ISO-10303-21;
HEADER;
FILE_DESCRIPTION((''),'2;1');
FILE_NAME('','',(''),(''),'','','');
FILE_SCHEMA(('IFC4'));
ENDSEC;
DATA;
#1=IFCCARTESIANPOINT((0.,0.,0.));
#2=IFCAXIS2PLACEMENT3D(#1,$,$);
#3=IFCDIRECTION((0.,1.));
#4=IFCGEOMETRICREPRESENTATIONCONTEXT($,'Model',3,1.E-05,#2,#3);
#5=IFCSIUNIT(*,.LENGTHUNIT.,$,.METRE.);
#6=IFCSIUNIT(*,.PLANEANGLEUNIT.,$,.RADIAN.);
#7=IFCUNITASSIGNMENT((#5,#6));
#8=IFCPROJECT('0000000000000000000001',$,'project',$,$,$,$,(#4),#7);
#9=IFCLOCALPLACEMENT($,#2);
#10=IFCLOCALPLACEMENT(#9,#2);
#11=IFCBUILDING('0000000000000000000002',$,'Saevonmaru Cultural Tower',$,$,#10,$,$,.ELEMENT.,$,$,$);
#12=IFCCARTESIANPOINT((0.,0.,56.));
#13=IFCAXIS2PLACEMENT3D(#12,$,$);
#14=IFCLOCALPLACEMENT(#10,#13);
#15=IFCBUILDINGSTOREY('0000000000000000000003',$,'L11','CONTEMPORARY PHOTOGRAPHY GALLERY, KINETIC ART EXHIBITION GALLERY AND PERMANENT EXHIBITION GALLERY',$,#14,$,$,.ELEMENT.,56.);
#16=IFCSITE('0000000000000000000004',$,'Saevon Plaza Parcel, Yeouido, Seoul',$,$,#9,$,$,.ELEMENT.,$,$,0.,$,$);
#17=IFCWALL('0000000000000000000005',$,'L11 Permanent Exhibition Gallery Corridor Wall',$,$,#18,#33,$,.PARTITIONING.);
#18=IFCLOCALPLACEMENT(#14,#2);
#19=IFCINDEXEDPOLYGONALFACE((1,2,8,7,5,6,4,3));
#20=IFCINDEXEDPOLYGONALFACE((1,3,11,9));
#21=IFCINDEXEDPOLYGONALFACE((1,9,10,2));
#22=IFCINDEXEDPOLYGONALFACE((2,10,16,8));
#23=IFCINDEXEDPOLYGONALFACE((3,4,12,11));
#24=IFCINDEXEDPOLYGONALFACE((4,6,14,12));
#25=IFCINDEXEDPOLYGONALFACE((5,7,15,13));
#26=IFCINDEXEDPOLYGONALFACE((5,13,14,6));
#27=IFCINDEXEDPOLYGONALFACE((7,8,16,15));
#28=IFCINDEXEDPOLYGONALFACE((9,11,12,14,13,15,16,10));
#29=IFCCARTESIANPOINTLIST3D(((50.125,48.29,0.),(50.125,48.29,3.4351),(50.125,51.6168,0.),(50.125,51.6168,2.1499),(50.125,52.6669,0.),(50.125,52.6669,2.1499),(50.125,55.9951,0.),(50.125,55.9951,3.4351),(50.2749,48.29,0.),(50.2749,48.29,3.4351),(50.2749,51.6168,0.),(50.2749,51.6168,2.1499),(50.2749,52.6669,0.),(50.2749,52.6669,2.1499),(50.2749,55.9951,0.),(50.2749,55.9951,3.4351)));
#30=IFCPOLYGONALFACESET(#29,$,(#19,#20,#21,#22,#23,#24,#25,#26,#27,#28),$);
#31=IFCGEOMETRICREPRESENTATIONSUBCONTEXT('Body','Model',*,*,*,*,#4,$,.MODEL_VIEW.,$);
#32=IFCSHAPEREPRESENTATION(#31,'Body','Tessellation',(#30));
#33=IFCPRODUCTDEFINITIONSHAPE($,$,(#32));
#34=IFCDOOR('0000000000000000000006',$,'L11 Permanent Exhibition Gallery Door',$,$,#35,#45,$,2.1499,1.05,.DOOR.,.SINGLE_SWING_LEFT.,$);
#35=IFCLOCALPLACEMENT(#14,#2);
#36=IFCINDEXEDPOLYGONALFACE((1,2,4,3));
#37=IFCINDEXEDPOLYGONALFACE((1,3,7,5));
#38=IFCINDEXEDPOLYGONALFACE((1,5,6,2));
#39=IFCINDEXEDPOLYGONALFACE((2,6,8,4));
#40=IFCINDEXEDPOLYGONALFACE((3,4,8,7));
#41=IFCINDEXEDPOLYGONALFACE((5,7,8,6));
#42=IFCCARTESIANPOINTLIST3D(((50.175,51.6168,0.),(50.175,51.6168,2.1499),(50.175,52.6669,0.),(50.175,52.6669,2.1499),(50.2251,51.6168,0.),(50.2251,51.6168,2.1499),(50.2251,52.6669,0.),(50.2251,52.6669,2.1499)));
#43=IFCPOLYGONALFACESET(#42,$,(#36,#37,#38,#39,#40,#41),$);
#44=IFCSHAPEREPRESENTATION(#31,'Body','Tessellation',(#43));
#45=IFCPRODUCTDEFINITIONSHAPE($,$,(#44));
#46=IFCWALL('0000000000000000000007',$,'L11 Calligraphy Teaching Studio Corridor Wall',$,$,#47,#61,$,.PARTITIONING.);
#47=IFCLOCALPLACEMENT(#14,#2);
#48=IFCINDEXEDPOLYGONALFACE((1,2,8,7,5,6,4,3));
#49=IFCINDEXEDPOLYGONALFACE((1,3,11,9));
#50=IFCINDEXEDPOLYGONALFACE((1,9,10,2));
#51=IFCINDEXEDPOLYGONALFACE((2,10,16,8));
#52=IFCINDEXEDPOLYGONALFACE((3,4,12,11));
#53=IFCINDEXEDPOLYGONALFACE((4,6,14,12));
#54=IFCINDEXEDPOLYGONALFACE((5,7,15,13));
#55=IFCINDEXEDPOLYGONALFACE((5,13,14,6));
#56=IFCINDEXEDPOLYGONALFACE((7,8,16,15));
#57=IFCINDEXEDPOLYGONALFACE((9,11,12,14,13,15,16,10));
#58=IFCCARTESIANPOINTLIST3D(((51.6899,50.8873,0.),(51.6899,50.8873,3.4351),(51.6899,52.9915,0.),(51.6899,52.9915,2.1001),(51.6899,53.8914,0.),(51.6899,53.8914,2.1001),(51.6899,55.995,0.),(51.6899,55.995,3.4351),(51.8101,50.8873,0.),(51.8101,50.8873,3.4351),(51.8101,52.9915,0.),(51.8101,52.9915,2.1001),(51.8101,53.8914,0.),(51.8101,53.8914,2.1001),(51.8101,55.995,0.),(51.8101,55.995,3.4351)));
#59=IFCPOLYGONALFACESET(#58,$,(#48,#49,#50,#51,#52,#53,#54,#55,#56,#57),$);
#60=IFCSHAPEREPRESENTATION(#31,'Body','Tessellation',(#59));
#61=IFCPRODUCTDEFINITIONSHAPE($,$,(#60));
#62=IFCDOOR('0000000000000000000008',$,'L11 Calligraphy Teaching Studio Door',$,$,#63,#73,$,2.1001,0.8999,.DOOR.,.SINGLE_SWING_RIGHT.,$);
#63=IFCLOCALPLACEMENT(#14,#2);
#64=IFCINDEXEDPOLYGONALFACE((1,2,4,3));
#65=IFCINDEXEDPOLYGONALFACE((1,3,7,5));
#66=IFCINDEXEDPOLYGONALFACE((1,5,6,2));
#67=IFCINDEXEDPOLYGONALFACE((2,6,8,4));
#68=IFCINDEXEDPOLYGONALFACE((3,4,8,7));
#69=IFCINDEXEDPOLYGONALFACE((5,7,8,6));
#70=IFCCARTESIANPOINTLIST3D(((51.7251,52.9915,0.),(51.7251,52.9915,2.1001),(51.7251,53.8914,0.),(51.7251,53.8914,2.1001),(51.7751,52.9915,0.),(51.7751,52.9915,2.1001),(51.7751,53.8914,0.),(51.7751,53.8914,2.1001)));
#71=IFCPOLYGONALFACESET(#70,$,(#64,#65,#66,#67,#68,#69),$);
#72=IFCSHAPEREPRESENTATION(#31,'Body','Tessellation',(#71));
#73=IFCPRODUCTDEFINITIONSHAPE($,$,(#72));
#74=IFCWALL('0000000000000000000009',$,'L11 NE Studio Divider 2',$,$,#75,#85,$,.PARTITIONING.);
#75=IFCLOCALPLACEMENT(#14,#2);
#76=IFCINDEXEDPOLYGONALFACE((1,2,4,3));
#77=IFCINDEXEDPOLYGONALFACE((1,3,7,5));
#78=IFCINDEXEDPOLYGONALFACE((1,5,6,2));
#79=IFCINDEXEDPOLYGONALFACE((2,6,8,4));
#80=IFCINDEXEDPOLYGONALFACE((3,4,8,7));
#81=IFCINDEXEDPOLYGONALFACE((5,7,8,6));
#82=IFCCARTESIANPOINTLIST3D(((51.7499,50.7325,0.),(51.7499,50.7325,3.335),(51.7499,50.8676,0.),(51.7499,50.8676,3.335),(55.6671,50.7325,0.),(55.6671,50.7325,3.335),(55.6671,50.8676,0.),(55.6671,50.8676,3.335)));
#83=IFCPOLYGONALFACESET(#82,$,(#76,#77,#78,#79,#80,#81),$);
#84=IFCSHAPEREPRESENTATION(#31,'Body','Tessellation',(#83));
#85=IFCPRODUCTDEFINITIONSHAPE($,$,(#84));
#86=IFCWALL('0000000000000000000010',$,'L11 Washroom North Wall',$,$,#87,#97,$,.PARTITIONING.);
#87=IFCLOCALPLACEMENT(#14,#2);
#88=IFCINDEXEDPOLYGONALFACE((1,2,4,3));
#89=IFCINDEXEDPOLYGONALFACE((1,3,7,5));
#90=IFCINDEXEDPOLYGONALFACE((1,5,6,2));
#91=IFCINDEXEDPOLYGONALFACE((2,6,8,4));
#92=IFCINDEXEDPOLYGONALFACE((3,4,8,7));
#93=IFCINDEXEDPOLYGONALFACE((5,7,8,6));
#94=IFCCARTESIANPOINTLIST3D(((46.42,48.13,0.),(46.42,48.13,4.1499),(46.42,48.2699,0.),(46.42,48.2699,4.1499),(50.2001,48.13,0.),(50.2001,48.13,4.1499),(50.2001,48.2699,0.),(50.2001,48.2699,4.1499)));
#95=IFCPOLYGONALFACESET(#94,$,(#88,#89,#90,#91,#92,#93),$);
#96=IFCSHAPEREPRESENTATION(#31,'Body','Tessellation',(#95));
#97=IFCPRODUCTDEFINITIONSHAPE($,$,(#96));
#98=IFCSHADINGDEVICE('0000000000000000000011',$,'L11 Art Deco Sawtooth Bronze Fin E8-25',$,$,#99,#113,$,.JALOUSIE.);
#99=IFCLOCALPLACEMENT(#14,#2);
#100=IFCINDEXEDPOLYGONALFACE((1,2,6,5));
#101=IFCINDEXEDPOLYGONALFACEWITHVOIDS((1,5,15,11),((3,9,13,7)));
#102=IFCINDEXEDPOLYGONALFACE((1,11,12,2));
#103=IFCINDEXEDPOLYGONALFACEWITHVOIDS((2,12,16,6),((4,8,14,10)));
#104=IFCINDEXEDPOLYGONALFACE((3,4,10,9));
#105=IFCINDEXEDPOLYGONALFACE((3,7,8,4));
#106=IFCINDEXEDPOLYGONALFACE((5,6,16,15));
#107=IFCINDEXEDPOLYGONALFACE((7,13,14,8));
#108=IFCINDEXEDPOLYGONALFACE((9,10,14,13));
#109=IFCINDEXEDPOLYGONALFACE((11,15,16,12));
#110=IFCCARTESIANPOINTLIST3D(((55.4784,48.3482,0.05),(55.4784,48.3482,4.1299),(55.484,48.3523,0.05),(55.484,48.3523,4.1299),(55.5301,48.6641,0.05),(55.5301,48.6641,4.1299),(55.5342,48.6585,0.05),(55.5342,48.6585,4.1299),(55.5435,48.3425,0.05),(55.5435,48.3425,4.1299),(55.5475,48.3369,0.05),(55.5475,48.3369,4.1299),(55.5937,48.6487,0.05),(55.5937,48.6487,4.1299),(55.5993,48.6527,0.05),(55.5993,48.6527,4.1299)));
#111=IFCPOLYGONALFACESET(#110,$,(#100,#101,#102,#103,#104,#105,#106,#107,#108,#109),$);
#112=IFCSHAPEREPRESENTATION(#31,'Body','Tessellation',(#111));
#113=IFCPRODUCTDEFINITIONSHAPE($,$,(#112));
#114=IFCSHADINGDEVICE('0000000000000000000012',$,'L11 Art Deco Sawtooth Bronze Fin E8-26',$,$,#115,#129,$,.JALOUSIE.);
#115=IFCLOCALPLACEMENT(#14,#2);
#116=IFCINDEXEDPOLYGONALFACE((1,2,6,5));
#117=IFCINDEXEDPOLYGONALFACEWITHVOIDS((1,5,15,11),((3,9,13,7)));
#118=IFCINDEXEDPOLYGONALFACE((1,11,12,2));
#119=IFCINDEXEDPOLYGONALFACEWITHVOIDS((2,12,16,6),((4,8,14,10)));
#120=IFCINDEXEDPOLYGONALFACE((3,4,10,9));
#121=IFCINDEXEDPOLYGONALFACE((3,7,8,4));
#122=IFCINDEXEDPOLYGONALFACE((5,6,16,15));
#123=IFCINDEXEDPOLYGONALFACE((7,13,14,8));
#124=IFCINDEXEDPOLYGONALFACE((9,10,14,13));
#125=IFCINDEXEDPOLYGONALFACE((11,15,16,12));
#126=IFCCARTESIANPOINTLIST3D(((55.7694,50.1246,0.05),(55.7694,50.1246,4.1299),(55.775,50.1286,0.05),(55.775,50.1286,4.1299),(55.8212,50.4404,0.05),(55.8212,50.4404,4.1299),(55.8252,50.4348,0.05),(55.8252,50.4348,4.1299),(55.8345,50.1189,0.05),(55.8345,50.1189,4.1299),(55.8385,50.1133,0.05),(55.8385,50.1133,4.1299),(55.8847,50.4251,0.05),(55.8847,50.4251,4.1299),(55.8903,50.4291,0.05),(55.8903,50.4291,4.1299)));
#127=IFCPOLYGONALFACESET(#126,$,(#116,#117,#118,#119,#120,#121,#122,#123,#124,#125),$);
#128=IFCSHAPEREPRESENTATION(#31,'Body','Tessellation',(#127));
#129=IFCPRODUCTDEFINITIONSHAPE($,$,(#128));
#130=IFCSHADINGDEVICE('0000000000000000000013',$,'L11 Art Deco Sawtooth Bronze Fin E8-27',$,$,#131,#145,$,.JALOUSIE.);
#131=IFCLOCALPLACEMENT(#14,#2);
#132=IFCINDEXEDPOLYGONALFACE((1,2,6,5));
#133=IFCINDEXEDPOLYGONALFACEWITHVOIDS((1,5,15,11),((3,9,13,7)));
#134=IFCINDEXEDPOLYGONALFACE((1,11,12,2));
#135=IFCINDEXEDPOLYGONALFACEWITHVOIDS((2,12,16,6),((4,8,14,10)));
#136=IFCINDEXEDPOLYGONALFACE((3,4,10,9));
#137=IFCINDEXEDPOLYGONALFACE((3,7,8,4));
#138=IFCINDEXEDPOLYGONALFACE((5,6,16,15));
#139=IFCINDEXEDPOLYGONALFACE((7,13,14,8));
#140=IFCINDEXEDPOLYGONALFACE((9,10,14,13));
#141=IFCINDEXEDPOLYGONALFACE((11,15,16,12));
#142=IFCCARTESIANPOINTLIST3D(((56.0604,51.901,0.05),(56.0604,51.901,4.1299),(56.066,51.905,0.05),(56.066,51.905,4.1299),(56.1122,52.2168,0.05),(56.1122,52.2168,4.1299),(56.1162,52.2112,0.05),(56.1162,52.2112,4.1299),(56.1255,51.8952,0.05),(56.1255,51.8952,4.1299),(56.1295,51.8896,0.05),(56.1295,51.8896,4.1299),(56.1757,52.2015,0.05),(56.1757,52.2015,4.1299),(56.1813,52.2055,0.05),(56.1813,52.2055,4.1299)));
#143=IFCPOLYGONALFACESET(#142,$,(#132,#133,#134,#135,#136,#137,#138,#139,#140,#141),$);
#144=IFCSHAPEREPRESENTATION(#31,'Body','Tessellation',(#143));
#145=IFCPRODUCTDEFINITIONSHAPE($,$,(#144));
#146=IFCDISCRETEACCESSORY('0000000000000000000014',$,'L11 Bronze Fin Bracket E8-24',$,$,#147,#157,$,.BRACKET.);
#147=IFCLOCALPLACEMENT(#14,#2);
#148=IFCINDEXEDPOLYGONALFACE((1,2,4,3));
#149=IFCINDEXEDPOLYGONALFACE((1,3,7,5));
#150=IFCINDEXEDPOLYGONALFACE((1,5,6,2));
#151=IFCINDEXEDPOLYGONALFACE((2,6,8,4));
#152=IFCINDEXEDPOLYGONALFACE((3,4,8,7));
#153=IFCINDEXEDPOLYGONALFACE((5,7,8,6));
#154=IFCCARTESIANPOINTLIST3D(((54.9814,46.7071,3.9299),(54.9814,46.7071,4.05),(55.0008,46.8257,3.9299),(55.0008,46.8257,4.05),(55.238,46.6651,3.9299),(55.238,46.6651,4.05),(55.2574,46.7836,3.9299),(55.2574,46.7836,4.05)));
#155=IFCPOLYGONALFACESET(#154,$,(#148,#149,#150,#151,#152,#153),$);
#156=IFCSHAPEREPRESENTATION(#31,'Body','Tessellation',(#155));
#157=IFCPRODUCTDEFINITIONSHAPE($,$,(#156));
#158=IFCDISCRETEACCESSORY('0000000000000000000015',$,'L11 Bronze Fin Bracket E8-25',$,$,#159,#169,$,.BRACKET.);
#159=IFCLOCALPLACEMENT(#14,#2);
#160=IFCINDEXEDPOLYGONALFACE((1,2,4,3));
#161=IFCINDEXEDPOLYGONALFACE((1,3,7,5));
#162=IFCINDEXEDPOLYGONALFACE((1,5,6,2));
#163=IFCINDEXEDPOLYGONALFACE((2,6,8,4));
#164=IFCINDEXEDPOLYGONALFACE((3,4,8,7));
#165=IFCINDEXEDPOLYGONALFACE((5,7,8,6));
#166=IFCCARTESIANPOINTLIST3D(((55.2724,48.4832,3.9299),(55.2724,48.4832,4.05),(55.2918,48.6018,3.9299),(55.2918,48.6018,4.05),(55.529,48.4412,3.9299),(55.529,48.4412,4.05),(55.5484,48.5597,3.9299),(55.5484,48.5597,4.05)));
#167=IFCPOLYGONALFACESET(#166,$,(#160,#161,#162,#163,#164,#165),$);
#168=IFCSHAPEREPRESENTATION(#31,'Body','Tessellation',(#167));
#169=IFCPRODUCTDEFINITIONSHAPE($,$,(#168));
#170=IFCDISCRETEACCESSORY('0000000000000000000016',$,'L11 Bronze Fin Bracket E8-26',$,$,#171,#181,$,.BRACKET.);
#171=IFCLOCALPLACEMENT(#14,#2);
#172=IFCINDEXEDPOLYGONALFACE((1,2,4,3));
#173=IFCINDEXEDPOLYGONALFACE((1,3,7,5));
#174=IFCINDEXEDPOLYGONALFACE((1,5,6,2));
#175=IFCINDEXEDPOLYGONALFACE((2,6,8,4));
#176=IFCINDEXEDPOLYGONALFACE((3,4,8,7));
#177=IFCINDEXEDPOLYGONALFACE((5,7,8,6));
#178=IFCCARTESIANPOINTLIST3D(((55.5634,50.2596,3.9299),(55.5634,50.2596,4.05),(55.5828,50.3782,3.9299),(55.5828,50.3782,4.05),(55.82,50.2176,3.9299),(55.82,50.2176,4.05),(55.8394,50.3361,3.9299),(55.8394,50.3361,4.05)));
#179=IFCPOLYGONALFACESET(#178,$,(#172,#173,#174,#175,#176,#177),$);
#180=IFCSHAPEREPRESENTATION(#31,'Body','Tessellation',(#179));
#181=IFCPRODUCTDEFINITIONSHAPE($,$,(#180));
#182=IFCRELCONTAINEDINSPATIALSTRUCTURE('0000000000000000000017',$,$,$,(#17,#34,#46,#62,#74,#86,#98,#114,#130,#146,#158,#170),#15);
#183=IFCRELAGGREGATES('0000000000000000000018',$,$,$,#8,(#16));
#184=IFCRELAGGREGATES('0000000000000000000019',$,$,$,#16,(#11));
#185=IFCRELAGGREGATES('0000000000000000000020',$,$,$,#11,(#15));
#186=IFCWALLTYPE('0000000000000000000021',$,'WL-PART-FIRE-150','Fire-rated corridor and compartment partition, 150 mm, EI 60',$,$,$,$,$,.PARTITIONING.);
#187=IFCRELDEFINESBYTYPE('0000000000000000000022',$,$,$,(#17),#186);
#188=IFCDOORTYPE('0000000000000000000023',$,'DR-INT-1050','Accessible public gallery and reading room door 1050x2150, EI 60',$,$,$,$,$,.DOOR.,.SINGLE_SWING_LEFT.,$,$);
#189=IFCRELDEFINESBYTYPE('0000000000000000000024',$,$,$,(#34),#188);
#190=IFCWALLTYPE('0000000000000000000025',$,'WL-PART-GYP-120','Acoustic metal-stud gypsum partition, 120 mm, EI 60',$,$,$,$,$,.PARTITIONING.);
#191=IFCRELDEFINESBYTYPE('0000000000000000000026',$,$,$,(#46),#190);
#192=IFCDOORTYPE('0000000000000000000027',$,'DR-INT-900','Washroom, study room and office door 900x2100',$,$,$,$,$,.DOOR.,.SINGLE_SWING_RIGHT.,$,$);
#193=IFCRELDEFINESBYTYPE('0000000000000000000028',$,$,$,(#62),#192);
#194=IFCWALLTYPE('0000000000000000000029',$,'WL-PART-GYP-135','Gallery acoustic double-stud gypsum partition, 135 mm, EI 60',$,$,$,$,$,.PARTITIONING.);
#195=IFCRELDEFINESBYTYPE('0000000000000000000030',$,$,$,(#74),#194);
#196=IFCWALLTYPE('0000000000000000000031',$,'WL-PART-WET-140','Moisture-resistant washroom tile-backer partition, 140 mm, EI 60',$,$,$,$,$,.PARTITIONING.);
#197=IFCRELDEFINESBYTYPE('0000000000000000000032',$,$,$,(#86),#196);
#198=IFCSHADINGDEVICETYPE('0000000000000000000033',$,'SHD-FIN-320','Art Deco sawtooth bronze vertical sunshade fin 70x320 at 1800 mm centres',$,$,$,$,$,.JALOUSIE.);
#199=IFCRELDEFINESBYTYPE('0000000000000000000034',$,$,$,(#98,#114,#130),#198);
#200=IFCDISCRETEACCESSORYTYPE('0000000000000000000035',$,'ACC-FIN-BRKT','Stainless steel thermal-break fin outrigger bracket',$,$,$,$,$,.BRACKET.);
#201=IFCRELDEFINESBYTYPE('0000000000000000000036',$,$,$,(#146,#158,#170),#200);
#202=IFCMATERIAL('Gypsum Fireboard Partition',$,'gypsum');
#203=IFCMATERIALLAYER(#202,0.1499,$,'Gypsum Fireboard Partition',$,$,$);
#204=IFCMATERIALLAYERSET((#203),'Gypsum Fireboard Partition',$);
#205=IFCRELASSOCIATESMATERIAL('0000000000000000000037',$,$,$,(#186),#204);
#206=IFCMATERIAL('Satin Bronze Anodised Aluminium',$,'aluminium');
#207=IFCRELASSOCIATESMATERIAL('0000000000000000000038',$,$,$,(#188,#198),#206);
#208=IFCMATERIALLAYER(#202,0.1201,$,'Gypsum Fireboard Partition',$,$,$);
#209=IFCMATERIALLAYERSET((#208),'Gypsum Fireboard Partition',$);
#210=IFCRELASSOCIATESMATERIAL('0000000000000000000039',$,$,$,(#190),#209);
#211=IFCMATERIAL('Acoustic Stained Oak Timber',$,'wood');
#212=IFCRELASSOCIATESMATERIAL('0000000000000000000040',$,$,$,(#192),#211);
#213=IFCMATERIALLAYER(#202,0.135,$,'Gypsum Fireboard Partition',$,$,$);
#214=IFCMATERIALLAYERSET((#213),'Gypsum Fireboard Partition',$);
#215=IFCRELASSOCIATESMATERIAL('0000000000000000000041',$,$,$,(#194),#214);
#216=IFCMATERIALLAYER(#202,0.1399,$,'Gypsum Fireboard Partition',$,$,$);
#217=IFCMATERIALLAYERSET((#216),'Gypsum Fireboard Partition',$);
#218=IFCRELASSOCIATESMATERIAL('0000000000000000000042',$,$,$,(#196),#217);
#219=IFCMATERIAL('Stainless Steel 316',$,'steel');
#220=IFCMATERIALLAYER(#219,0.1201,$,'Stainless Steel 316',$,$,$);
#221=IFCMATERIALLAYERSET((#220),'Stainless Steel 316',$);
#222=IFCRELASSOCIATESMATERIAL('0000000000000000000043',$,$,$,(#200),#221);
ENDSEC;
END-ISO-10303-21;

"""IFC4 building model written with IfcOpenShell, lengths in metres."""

from ifc_helpers import new_model, si_unit, direction, frame, frame_2d, origin, origin_2d, place, context, subcontext, project, spatial, rectangle, hollow_rectangle, extrude, material, layer, layer_set, material_profile, profile_set, type_object, element, fill, save


model = new_model("IFC4")

# Units and contexts
model_context = context("Model", 3, precision=1e-05, world=origin(), true_north=direction((0.0, 1.0)))
body_context = subcontext(model_context, "Body", "Model", "MODEL_VIEW")
ifc_project = project(units=[si_unit("LENGTHUNIT", "METRE"), si_unit("PLANEANGLEUNIT", "RADIAN")], contexts=[model_context])

# Site, building, storey
site_placement = place(None, origin())
site = spatial("IfcSite", under=ifc_project, at=site_placement, Name="Saevon Plaza Parcel, Yeouido, Seoul", CompositionType="ELEMENT", RefElevation=0.0)
building_placement = place(site_placement, origin())
building = spatial("IfcBuilding", under=site, at=building_placement, Name="Saevonmaru Cultural Tower", CompositionType="ELEMENT")
storey_placement = place(building_placement, frame((0.0, 0.0, 56.0)))
storey = spatial("IfcBuildingStorey", under=building, at=storey_placement, Name="L11", Description="CONTEMPORARY PHOTOGRAPHY GALLERY, KINETIC ART EXHIBITION GALLERY AND PERMANENT EXHIBITION GALLERY", CompositionType="ELEMENT", Elevation=56.0)

# Shared definitions
ifc_material_1 = material(Name="Satin Bronze Anodised Aluminium", Category="aluminium")

# Walls, openings, doors
ifc_material_2 = material(Name="Gypsum Fireboard Partition", Category="gypsum")
ifc_layer_1 = layer(ifc_material_2, 0.1499, Name="Gypsum Fireboard Partition")
ifc_layer_set_1 = layer_set([ifc_layer_1], Name="Gypsum Fireboard Partition")
wall_type_1 = type_object("IfcWallType", Name="WL-PART-FIRE-150", Description="Fire-rated corridor and compartment partition, 150 mm, EI 60", PredefinedType="PARTITIONING", material=ifc_layer_set_1)
wall_1_placement = place(storey_placement, frame((50.2, 48.29, 0.0), z_axis=(0.0, 0.0, 1.0), x_axis=(0.0, 1.0, 0.0)))
wall_1 = element("IfcWall", 1, at=wall_1_placement, inside=storey, type_object=wall_type_1, Name="L11 Permanent Exhibition Gallery Corridor Wall", PredefinedType="PARTITIONING", context=body_context, shape_type="SweptSolid", body=[
    extrude(rectangle(XDim=7.7051, YDim=0.1499, at=frame_2d((3.8525, 0.0))), origin(), (0.0, 0.0, 1.0), 3.4351),
])
opening_1_placement = place(wall_1_placement, frame((3.3269, 0.0, 0.0)))
opening_1 = element("IfcOpeningElement", 2, at=opening_1_placement, cuts=wall_1, PredefinedType="OPENING", context=body_context, shape_type="SweptSolid", body=[
    extrude(rectangle(XDim=1.05, YDim=2.1499, at=frame_2d((0.5249, 1.075))), frame((0.0, 0.085, 0.0), z_axis=(0.0, -1.0, 0.0), x_axis=(1.0, 0.0, 0.0)), (0.0, 0.0, 1.0), 0.1699),
])
door_type_1 = type_object("IfcDoorType", Name="DR-INT-1050", Description="Accessible public gallery and reading room door 1050x2150, EI 60", OperationType="SINGLE_SWING_LEFT", PredefinedType="DOOR", material=ifc_material_1)
door_1_placement = place(opening_1_placement, origin())
door_1 = element("IfcDoor", 3, at=door_1_placement, inside=storey, type_object=door_type_1, Name="L11 Permanent Exhibition Gallery Door", OperationType="SINGLE_SWING_LEFT", OverallHeight=2.1499, OverallWidth=1.05, PredefinedType="DOOR", context=body_context, shape_type="SweptSolid", body=[
    extrude(rectangle(XDim=1.05, YDim=2.1499, at=frame_2d((0.5249, 1.075))), frame((0.0, 0.0249, 0.0), z_axis=(0.0, -1.0, 0.0), x_axis=(1.0, 0.0, 0.0)), (0.0, 0.0, 1.0), 0.05),
])
fill(opening_1, door_1)
ifc_layer_2 = layer(ifc_material_2, 0.1201, Name="Gypsum Fireboard Partition")
ifc_layer_set_2 = layer_set([ifc_layer_2], Name="Gypsum Fireboard Partition")
wall_type_2 = type_object("IfcWallType", Name="WL-PART-GYP-120", Description="Acoustic metal-stud gypsum partition, 120 mm, EI 60", PredefinedType="PARTITIONING", material=ifc_layer_set_2)
wall_2_placement = place(storey_placement, frame((51.75, 50.8875, 0.0), z_axis=(0.0, 0.0, 1.0), x_axis=(0.0, 1.0, 0.0)))
wall_2 = element("IfcWall", 4, at=wall_2_placement, inside=storey, type_object=wall_type_2, Name="L11 Calligraphy Teaching Studio Corridor Wall", PredefinedType="PARTITIONING", context=body_context, shape_type="SweptSolid", body=[
    extrude(rectangle(XDim=5.1077, YDim=0.1201, at=frame_2d((2.5537, 0.0))), origin(), (0.0, 0.0, 1.0), 3.4351),
])
opening_2_placement = place(wall_2_placement, frame((2.104, 0.0, 0.0)))
opening_2 = element("IfcOpeningElement", 5, at=opening_2_placement, cuts=wall_2, PredefinedType="OPENING", context=body_context, shape_type="SweptSolid", body=[
    extrude(rectangle(XDim=0.8999, YDim=2.1001, at=frame_2d((0.45, 1.05))), frame((0.0, 0.0701, 0.0), z_axis=(0.0, -1.0, 0.0), x_axis=(1.0, 0.0, 0.0)), (0.0, 0.0, 1.0), 0.1401),
])
ifc_material_3 = material(Name="Acoustic Stained Oak Timber", Category="wood")
door_type_2 = type_object("IfcDoorType", Name="DR-INT-900", Description="Washroom, study room and office door 900x2100", OperationType="SINGLE_SWING_RIGHT", PredefinedType="DOOR", material=ifc_material_3)
door_2_placement = place(opening_2_placement, origin())
door_2 = element("IfcDoor", 6, at=door_2_placement, inside=storey, type_object=door_type_2, Name="L11 Calligraphy Teaching Studio Door", OperationType="SINGLE_SWING_RIGHT", OverallHeight=2.1001, OverallWidth=0.8999, PredefinedType="DOOR", context=body_context, shape_type="SweptSolid", body=[
    extrude(rectangle(XDim=0.8999, YDim=2.1001, at=frame_2d((0.45, 1.05))), frame((0.0, 0.0249, 0.0), z_axis=(0.0, -1.0, 0.0), x_axis=(1.0, 0.0, 0.0)), (0.0, 0.0, 1.0), 0.05),
])
fill(opening_2, door_2)

# Walls
ifc_layer_3 = layer(ifc_material_2, 0.135, Name="Gypsum Fireboard Partition")
ifc_layer_set_3 = layer_set([ifc_layer_3], Name="Gypsum Fireboard Partition")
wall_type_3 = type_object("IfcWallType", Name="WL-PART-GYP-135", Description="Gallery acoustic double-stud gypsum partition, 135 mm, EI 60", PredefinedType="PARTITIONING", material=ifc_layer_set_3)
wall_3_placement = place(storey_placement, frame((51.75, 50.8, 0.0), z_axis=(0.0, 0.0, 1.0), x_axis=(1.0, 0.0, 0.0)))
element("IfcWall", 7, at=wall_3_placement, inside=storey, type_object=wall_type_3, Name="L11 NE Studio Divider 2", PredefinedType="PARTITIONING", context=body_context, shape_type="SweptSolid", body=[
    extrude(rectangle(XDim=3.9172, YDim=0.135, at=frame_2d((1.9585, 0.0))), origin(), (0.0, 0.0, 1.0), 3.335),
])
ifc_layer_4 = layer(ifc_material_2, 0.1399, Name="Gypsum Fireboard Partition")
ifc_layer_set_4 = layer_set([ifc_layer_4], Name="Gypsum Fireboard Partition")
wall_type_4 = type_object("IfcWallType", Name="WL-PART-WET-140", Description="Moisture-resistant washroom tile-backer partition, 140 mm, EI 60", PredefinedType="PARTITIONING", material=ifc_layer_set_4)
wall_4_placement = place(storey_placement, frame((46.4199, 48.2, 0.0), z_axis=(0.0, 0.0, 1.0), x_axis=(1.0, 0.0, 0.0)))
element("IfcWall", 8, at=wall_4_placement, inside=storey, type_object=wall_type_4, Name="L11 Washroom North Wall", PredefinedType="PARTITIONING", context=body_context, shape_type="SweptSolid", body=[
    extrude(rectangle(XDim=3.78, YDim=0.1399, at=frame_2d((1.8901, 0.0))), origin(), (0.0, 0.0, 1.0), 4.1499),
])

# Shading devices
ifc_material_profile_1 = material_profile(ifc_material_1, hollow_rectangle(XDim=0.0701, YDim=0.3201, WallThickness=0.0049, at=origin_2d()), Name="FIN-320x70")
ifc_profile_set_1 = profile_set([ifc_material_profile_1], Name="Satin Bronze Anodised Aluminium")
shading_device_type = type_object("IfcShadingDeviceType", Name="SHD-FIN-320", Description="Art Deco sawtooth bronze vertical sunshade fin 70x320 at 1800 mm centres", PredefinedType="JALOUSIE", material=ifc_profile_set_1)
for number, where, z_axis, x_axis, name in (
    (9, (55.5388, 48.5005, 0.05), (0.0, 0.0, 1.0), (0.986827, -0.161776, 0.0), "L11 Art Deco Sawtooth Bronze Fin E8-25"),
    (10, (55.8298, 50.2769, 0.05), (0.0, 0.0, 1.0), (0.986827, -0.161776, 0.0), "L11 Art Deco Sawtooth Bronze Fin E8-26"),
    (11, (56.1208, 52.0532, 0.05), (0.0, 0.0, 1.0), (0.986827, -0.161776, 0.0), "L11 Art Deco Sawtooth Bronze Fin E8-27"),
):
    element("IfcShadingDevice", number, at=place(storey_placement, frame(where, z_axis=z_axis, x_axis=x_axis)), inside=storey, type_object=shading_device_type, Name=name, PredefinedType="JALOUSIE", context=body_context, shape_type="SweptSolid", body=[
        extrude(hollow_rectangle(XDim=0.0701, YDim=0.3201, WallThickness=0.0049, at=origin_2d()), origin(), (0.0, 0.0, 1.0), 4.0798),
    ])

# Discrete accessories
ifc_material_4 = material(Name="Stainless Steel 316", Category="steel")
ifc_layer_5 = layer(ifc_material_4, 0.1201, Name="Stainless Steel 316")
ifc_layer_set_5 = layer_set([ifc_layer_5], Name="Stainless Steel 316")
discrete_accessory_type = type_object("IfcDiscreteAccessoryType", Name="ACC-FIN-BRKT", Description="Stainless steel thermal-break fin outrigger bracket", PredefinedType="BRACKET", material=ifc_layer_set_5)
for number, where, z_axis, x_axis, name in (
    (12, (55.1194, 46.7454, 3.9299), (0.0, 0.0, 1.0), (0.986827, -0.161776, 0.0), "L11 Bronze Fin Bracket E8-24"),
    (13, (55.4104, 48.5215, 3.9299), (0.0, 0.0, 1.0), (0.986827, -0.161776, 0.0), "L11 Bronze Fin Bracket E8-25"),
    (14, (55.7014, 50.2979, 3.9299), (0.0, 0.0, 1.0), (0.986827, -0.161776, 0.0), "L11 Bronze Fin Bracket E8-26"),
):
    element("IfcDiscreteAccessory", number, at=place(storey_placement, frame(where, z_axis=z_axis, x_axis=x_axis)), inside=storey, type_object=discrete_accessory_type, Name=name, PredefinedType="BRACKET", context=body_context, shape_type="SweptSolid", body=[
        extrude(rectangle(XDim=0.26, YDim=0.1201, at=origin_2d()), origin(), (0.0, 0.0, 1.0), 0.1201),
    ])

save(model, "model.ifc")
